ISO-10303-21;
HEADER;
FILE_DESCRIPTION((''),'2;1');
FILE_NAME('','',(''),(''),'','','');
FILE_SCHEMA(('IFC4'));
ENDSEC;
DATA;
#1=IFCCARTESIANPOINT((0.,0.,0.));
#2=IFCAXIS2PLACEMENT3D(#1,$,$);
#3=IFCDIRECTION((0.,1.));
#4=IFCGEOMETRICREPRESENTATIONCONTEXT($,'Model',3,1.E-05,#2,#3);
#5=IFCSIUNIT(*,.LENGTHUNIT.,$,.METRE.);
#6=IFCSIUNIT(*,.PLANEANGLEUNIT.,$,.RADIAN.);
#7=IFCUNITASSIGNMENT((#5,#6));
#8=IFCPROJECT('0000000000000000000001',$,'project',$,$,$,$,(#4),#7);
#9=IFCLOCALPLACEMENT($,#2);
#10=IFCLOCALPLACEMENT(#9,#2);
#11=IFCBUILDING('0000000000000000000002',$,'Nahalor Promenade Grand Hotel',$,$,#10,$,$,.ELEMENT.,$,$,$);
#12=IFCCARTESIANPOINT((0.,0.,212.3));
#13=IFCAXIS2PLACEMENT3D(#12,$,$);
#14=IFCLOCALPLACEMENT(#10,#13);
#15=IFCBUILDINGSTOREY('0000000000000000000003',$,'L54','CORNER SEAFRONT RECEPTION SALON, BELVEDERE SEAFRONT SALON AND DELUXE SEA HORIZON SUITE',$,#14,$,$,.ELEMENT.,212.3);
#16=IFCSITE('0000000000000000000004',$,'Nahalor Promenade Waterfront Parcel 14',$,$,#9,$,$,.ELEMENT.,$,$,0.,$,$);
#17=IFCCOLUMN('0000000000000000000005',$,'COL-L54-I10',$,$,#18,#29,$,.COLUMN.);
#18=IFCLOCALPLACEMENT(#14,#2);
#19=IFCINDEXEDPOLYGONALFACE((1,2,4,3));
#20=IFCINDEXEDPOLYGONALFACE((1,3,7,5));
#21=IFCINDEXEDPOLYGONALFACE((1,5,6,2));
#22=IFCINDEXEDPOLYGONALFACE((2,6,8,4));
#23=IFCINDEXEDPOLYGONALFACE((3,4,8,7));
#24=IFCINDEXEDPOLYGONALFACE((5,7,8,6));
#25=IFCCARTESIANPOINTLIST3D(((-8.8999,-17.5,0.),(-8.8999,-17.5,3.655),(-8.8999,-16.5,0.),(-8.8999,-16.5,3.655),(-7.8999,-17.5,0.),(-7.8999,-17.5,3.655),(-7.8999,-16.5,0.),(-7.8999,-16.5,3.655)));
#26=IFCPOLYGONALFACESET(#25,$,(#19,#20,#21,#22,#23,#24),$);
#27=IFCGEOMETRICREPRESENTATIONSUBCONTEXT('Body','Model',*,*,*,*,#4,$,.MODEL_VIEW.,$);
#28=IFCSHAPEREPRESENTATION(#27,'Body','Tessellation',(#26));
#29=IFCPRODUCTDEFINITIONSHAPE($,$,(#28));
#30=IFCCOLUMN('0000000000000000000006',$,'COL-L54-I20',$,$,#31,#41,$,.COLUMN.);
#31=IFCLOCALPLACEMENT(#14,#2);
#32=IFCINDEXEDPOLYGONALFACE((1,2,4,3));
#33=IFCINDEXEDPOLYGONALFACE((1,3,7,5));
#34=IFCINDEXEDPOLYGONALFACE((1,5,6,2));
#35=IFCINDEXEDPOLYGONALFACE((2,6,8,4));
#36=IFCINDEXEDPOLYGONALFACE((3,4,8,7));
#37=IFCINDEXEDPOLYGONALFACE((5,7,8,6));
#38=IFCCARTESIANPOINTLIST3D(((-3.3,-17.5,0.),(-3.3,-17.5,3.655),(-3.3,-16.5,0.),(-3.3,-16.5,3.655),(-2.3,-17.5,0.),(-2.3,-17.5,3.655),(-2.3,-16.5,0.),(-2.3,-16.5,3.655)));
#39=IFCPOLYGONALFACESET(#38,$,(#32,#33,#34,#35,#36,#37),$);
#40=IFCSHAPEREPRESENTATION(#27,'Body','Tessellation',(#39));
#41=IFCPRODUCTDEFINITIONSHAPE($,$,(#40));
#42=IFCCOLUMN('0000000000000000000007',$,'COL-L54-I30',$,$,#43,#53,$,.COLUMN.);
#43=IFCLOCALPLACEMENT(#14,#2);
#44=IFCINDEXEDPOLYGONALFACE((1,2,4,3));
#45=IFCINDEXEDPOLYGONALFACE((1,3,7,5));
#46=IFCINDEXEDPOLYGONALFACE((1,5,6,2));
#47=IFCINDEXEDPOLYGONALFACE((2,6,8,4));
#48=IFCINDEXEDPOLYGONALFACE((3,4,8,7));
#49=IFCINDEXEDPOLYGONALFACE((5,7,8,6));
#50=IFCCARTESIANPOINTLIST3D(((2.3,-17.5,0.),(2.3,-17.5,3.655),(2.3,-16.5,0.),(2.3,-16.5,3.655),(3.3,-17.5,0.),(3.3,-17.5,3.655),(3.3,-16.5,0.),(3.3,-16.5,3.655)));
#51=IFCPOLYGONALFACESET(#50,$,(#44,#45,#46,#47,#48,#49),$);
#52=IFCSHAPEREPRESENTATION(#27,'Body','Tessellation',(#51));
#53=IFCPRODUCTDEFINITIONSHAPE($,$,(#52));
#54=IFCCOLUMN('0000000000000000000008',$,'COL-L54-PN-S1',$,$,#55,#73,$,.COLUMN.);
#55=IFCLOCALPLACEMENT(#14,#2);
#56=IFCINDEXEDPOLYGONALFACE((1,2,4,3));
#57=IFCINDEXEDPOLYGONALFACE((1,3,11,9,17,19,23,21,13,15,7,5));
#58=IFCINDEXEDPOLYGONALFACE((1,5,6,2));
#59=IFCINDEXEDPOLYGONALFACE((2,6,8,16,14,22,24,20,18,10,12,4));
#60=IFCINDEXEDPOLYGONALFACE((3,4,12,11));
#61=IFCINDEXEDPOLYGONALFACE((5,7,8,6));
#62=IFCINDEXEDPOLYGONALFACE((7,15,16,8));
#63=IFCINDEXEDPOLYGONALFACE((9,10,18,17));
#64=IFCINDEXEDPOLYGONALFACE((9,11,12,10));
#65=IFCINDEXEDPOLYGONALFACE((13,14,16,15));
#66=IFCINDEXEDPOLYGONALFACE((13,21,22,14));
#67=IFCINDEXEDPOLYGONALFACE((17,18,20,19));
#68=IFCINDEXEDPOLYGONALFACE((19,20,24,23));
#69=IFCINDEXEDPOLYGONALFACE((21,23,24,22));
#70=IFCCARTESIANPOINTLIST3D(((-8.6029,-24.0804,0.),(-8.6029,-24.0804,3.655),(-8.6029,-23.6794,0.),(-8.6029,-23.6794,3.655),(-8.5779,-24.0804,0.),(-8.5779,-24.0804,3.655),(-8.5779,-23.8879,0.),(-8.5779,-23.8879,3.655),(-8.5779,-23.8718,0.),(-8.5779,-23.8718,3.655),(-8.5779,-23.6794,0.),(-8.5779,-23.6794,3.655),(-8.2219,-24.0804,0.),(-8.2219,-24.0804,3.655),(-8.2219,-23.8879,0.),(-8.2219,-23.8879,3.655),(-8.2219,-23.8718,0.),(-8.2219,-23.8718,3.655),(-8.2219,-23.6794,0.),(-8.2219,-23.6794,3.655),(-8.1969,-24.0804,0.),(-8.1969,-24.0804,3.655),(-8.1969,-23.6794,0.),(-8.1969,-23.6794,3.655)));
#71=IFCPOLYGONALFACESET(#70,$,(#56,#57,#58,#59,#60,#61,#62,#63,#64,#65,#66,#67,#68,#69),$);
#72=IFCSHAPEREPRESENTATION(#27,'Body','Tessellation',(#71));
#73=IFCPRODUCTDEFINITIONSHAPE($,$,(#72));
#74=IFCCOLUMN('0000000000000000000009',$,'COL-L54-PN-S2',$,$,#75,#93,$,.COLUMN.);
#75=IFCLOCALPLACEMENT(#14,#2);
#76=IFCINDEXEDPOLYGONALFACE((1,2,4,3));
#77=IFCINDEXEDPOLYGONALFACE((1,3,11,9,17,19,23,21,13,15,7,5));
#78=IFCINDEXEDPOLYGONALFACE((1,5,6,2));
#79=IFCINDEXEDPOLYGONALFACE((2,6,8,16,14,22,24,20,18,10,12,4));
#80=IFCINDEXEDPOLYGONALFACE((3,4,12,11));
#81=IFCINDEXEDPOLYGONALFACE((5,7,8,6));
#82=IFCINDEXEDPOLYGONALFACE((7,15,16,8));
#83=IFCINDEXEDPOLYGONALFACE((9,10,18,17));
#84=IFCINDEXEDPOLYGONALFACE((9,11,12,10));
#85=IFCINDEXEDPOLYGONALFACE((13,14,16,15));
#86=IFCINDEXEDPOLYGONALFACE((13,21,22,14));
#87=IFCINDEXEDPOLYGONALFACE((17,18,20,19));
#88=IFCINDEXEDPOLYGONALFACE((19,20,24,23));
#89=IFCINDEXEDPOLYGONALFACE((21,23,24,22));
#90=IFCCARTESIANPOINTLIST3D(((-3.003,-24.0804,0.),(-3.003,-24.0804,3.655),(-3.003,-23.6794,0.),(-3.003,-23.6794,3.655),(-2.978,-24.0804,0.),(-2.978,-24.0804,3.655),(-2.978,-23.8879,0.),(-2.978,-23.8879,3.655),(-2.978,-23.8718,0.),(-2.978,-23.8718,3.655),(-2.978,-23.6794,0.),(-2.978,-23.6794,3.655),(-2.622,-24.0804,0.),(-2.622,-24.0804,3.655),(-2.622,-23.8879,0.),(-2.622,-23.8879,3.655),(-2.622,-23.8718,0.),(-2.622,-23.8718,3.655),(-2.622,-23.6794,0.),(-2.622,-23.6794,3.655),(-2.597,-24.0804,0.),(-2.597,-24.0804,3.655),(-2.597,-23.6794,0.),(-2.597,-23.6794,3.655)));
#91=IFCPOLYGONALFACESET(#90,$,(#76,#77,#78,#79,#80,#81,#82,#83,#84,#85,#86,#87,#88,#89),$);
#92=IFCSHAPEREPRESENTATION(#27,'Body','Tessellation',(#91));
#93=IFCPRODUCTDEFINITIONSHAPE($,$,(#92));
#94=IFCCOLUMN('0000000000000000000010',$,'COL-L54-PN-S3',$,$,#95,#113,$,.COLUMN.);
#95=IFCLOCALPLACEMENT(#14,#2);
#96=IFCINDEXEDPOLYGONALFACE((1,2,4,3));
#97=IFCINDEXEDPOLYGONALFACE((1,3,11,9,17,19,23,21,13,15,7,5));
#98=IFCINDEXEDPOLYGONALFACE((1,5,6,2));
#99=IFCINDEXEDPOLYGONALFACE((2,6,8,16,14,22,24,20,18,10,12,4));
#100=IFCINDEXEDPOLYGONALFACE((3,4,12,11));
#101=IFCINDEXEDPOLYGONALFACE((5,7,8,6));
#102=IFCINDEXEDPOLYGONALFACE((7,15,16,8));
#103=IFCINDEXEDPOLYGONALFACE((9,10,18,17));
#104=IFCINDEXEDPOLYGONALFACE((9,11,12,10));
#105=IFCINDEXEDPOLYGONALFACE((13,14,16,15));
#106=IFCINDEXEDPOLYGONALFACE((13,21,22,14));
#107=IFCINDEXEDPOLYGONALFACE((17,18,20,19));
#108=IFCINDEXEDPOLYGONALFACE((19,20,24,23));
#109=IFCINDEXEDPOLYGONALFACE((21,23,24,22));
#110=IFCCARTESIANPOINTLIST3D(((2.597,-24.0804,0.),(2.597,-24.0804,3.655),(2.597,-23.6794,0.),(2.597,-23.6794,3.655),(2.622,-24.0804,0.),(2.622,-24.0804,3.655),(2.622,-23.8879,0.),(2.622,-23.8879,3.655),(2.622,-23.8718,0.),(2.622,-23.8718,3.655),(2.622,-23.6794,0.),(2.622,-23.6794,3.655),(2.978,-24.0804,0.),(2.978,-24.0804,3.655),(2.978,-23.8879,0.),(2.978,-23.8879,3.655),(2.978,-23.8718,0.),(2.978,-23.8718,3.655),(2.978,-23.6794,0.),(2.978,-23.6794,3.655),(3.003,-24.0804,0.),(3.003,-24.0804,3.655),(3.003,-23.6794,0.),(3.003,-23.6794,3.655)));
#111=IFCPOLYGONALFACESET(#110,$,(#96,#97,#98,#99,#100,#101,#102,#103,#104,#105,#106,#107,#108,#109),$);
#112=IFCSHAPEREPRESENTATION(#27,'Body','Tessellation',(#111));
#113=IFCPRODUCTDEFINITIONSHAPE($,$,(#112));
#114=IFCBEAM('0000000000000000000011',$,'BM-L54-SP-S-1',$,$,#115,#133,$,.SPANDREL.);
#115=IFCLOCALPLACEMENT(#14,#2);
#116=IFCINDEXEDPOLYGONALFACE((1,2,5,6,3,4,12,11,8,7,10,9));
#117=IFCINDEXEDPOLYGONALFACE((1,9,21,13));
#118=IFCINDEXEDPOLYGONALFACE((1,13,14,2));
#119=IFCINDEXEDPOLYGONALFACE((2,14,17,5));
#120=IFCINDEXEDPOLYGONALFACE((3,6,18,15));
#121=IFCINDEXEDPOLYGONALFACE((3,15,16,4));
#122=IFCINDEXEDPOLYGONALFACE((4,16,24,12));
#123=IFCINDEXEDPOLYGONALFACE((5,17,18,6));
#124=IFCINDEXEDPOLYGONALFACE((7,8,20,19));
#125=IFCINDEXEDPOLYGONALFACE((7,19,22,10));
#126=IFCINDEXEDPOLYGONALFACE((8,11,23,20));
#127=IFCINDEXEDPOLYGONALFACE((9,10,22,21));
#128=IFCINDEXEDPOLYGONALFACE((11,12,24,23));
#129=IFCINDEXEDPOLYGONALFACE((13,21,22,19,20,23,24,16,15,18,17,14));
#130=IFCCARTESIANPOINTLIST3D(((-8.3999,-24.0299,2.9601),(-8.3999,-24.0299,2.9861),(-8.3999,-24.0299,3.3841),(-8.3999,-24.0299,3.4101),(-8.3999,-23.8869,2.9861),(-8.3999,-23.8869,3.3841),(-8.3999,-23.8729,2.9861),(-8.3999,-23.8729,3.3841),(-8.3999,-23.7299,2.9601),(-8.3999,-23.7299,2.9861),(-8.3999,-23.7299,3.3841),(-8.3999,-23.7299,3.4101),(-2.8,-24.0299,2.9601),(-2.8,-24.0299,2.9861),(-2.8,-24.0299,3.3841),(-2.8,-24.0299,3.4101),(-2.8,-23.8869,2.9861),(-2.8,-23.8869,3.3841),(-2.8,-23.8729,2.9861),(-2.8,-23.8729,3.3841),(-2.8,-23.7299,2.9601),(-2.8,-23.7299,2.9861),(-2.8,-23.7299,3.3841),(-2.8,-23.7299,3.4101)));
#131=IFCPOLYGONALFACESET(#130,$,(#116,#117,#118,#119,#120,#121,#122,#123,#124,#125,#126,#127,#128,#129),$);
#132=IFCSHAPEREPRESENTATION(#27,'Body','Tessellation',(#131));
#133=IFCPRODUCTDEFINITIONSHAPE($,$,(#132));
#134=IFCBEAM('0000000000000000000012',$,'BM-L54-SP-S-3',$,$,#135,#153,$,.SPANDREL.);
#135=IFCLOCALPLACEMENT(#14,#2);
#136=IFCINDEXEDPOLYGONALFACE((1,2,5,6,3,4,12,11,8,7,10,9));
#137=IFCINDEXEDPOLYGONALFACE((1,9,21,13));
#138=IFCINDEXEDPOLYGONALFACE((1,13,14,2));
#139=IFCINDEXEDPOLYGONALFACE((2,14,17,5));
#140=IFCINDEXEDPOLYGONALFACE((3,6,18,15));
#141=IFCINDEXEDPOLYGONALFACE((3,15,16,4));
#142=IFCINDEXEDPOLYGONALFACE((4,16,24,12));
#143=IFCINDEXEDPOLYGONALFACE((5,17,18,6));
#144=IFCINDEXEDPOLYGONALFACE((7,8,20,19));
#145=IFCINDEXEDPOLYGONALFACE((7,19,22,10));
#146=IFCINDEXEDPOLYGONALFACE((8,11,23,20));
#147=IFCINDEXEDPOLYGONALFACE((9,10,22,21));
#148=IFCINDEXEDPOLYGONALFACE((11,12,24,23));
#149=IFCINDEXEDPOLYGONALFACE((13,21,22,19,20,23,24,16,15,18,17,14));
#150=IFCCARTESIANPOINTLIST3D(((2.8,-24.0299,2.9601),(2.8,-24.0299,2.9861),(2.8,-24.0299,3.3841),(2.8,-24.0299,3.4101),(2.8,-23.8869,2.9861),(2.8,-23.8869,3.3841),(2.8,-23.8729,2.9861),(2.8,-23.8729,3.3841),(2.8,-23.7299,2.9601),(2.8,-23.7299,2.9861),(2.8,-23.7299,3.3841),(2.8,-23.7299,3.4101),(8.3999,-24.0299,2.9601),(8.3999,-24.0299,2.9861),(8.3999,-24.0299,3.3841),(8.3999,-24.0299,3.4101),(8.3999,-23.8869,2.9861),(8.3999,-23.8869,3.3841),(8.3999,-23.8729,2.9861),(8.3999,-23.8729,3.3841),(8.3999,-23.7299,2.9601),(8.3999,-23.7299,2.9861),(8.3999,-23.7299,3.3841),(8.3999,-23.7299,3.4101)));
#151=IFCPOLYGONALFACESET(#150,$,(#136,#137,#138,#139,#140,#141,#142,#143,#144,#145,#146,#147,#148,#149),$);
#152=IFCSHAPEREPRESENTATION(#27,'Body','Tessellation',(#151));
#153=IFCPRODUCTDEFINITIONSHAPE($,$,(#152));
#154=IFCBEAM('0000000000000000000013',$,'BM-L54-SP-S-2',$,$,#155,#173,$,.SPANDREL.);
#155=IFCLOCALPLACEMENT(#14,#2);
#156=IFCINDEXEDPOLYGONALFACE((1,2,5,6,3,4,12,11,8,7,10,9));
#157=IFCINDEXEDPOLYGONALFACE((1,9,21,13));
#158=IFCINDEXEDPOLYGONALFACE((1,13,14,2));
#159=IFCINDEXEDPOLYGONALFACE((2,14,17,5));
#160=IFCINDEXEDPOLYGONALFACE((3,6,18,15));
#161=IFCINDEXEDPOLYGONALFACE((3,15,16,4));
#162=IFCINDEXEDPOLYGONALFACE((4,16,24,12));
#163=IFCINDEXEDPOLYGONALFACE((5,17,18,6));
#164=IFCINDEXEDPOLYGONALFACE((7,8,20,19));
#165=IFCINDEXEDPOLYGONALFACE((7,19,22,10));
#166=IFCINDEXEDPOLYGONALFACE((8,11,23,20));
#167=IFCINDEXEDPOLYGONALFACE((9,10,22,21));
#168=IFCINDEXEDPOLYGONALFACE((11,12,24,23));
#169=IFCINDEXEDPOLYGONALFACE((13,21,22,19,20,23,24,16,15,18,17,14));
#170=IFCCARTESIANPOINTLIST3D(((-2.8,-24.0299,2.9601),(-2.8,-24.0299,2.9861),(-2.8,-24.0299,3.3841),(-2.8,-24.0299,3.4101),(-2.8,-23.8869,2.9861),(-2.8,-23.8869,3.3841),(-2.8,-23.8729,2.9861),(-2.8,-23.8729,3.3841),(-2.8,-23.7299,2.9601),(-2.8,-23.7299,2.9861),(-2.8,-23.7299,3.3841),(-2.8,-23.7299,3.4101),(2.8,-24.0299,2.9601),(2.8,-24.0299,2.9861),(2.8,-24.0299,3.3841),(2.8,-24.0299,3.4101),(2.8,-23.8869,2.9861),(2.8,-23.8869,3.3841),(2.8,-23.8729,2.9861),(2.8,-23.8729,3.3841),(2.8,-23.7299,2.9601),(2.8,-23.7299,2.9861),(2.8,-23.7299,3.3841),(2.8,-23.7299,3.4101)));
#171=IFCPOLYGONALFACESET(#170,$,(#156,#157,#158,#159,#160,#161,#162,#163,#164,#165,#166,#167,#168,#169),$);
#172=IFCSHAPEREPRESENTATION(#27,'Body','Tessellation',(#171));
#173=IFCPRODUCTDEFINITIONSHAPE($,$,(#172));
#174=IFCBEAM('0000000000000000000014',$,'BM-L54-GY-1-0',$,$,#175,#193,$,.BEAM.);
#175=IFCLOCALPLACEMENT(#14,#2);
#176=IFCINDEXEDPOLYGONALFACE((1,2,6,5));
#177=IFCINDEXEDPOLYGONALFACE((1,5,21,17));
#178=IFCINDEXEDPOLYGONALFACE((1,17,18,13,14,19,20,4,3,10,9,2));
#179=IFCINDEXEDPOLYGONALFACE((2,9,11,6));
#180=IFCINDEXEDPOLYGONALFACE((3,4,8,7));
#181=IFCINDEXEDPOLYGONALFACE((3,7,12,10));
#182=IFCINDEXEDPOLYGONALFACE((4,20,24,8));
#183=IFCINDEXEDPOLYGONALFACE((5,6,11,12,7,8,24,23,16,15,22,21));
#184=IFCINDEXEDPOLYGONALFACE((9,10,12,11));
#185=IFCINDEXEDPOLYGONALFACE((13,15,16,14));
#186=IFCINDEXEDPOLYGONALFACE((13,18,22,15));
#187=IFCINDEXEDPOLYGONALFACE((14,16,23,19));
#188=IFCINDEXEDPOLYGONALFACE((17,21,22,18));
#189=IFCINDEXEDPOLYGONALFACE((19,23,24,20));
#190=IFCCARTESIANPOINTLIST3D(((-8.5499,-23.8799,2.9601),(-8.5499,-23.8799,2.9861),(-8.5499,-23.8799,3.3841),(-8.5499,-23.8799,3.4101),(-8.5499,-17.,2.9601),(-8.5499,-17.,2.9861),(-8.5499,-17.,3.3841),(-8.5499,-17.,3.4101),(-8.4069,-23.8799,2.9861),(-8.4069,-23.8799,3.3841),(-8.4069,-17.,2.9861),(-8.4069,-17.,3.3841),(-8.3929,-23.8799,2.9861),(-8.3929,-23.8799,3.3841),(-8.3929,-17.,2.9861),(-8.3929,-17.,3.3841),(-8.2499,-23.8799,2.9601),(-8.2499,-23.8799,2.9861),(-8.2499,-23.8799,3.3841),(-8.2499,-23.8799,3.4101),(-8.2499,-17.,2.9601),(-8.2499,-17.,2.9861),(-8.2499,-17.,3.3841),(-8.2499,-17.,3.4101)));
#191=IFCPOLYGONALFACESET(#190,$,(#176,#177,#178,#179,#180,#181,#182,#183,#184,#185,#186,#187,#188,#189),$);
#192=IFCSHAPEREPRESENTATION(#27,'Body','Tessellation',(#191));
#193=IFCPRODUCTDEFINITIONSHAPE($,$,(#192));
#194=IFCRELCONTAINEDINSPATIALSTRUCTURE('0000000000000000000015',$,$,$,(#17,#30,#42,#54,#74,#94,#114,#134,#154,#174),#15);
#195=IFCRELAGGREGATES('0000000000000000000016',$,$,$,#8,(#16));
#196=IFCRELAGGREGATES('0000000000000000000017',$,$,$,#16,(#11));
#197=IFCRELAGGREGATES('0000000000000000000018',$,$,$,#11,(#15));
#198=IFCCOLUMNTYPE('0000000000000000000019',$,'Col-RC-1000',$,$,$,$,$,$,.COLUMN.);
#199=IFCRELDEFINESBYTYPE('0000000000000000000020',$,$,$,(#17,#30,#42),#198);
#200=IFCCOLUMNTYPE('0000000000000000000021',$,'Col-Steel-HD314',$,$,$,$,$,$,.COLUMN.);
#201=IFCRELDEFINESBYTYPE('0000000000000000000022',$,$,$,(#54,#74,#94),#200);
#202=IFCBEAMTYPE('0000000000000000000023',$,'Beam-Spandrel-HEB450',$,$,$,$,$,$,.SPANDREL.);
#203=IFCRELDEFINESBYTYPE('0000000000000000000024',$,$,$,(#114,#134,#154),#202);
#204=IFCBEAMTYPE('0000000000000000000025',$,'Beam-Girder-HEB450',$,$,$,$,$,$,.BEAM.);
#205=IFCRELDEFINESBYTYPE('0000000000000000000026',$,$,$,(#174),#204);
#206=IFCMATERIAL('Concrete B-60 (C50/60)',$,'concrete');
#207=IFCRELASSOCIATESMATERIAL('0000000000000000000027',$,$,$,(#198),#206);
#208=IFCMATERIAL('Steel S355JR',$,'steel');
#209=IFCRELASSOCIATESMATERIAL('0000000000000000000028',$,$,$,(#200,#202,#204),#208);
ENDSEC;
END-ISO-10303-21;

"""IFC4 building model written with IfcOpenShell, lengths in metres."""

from ifc_helpers import new_model, si_unit, direction, frame, origin, origin_2d, place, context, subcontext, project, spatial, rectangle, i_section, extrude, source, transform, mapped, material, material_profile, profile_set, type_object, element, save


model = new_model("IFC4")

# Units and contexts
model_context = context("Model", 3, precision=1e-05, world=origin(), true_north=direction((0.0, 1.0)))
body_context = subcontext(model_context, "Body", "Model", "MODEL_VIEW")
ifc_project = project(units=[si_unit("LENGTHUNIT", "METRE"), si_unit("PLANEANGLEUNIT", "RADIAN")], contexts=[model_context])

# Site, building, storey
site_placement = place(None, origin())
site = spatial("IfcSite", under=ifc_project, at=site_placement, Name="Nahalor Promenade Waterfront Parcel 14", CompositionType="ELEMENT", RefElevation=0.0)
building_placement = place(site_placement, origin())
building = spatial("IfcBuilding", under=site, at=building_placement, Name="Nahalor Promenade Grand Hotel", CompositionType="ELEMENT")
storey_placement = place(building_placement, frame((0.0, 0.0, 212.3)))
storey = spatial("IfcBuildingStorey", under=building, at=storey_placement, Name="L54", Description="CORNER SEAFRONT RECEPTION SALON, BELVEDERE SEAFRONT SALON AND DELUXE SEA HORIZON SUITE", CompositionType="ELEMENT", Elevation=212.3)

# Columns
ifc_material_1 = material(Name="Concrete B-60 (C50/60)", Category="concrete")
ifc_material_profile_1 = material_profile(ifc_material_1, rectangle(XDim=1.0, YDim=1.0, at=origin_2d()), Name="RC 1000x1000")
ifc_profile_set_1 = profile_set([ifc_material_profile_1], Name="Concrete B-60 (C50/60)")
column_type_1 = type_object("IfcColumnType", Name="Col-RC-1000", PredefinedType="COLUMN", material=ifc_profile_set_1)
shared_shape_1 = source(origin(), body_context, "Body", "SweptSolid", [
    extrude(rectangle(XDim=1.0, YDim=1.0, at=origin_2d()), origin(), (0.0, 0.0, 1.0), 3.655),
])
for number, where, z_axis, x_axis, name in (
    (1, (-8.3999, -17.0, 0.0), (0.0, 0.0, 1.0), (1.0, 0.0, 0.0), "COL-L54-I10"),
    (2, (-2.8, -17.0, 0.0), (0.0, 0.0, 1.0), (1.0, 0.0, 0.0), "COL-L54-I20"),
    (3, (2.8, -17.0, 0.0), (0.0, 0.0, 1.0), (1.0, 0.0, 0.0), "COL-L54-I30"),
):
    element("IfcColumn", number, at=place(storey_placement, frame(where, z_axis=z_axis, x_axis=x_axis)), inside=storey, type_object=column_type_1, Name=name, PredefinedType="COLUMN", context=body_context, shape_type="MappedRepresentation", body=[
        mapped(shared_shape_1, transform((0.0, 0.0, 0.0), scale=1.0)),
    ])
ifc_material_2 = material(Name="Steel S355JR", Category="steel")
ifc_material_profile_2 = material_profile(ifc_material_2, i_section(OverallWidth=0.401, OverallDepth=0.406, WebThickness=0.0161, FlangeThickness=0.025, at=origin_2d()), Name="HD 400x314")
ifc_profile_set_2 = profile_set([ifc_material_profile_2], Name="Steel S355JR")
column_type_2 = type_object("IfcColumnType", Name="Col-Steel-HD314", PredefinedType="COLUMN", material=ifc_profile_set_2)
shared_shape_2 = source(origin(), body_context, "Body", "SweptSolid", [
    extrude(i_section(OverallWidth=0.401, OverallDepth=0.406, WebThickness=0.0161, FlangeThickness=0.025, at=origin_2d()), origin(), (0.0, 0.0, 1.0), 3.655),
])
for number, where, z_axis, x_axis, name in (
    (4, (-8.3999, -23.8799, 0.0), (0.0, 0.0, 1.0), (0.0, 1.0, 0.0), "COL-L54-PN-S1"),
    (5, (-2.8, -23.8799, 0.0), (0.0, 0.0, 1.0), (0.0, 1.0, 0.0), "COL-L54-PN-S2"),
    (6, (2.8, -23.8799, 0.0), (0.0, 0.0, 1.0), (0.0, 1.0, 0.0), "COL-L54-PN-S3"),
):
    element("IfcColumn", number, at=place(storey_placement, frame(where, z_axis=z_axis, x_axis=x_axis)), inside=storey, type_object=column_type_2, Name=name, PredefinedType="COLUMN", context=body_context, shape_type="MappedRepresentation", body=[
        mapped(shared_shape_2, transform((0.0, 0.0, 0.0), scale=1.0)),
    ])

# Beams
ifc_material_profile_3 = material_profile(ifc_material_2, i_section(OverallWidth=0.3, OverallDepth=0.45, WebThickness=0.014, FlangeThickness=0.026, at=origin_2d()), Name="HEB 450")
ifc_profile_set_3 = profile_set([ifc_material_profile_3], Name="Steel S355JR")
beam_type_1 = type_object("IfcBeamType", Name="Beam-Spandrel-HEB450", PredefinedType="SPANDREL", material=ifc_profile_set_3)
shared_shape_3 = source(origin(), body_context, "Body", "SweptSolid", [
    extrude(i_section(OverallWidth=0.3, OverallDepth=0.45, WebThickness=0.014, FlangeThickness=0.026, at=origin_2d()), origin(), (0.0, 0.0, 1.0), 5.5999),
])
for number, where, z_axis, x_axis, name in (
    (7, (-8.3999, -23.8799, 3.1851), (1.0, 0.0, 0.0), (0.0, 1.0, 0.0), "BM-L54-SP-S-1"),
    (8, (2.8, -23.8799, 3.1851), (1.0, 0.0, 0.0), (0.0, 1.0, 0.0), "BM-L54-SP-S-3"),
):
    element("IfcBeam", number, at=place(storey_placement, frame(where, z_axis=z_axis, x_axis=x_axis)), inside=storey, type_object=beam_type_1, Name=name, PredefinedType="SPANDREL", context=body_context, shape_type="MappedRepresentation", body=[
        mapped(shared_shape_3, transform((0.0, 0.0, 0.0), scale=1.0)),
    ])
shared_shape_4 = source(origin(), body_context, "Body", "SweptSolid", [
    extrude(i_section(OverallWidth=0.3, OverallDepth=0.45, WebThickness=0.014, FlangeThickness=0.026, at=origin_2d()), origin(), (0.0, 0.0, 1.0), 5.6001),
])
beam_1_placement = place(storey_placement, frame((-2.8, -23.8799, 3.1851), z_axis=(1.0, 0.0, 0.0), x_axis=(0.0, 1.0, 0.0)))
element("IfcBeam", 9, at=beam_1_placement, inside=storey, type_object=beam_type_1, Name="BM-L54-SP-S-2", PredefinedType="SPANDREL", context=body_context, shape_type="MappedRepresentation", body=[
    mapped(shared_shape_4, transform((0.0, 0.0, 0.0), scale=1.0)),
])
ifc_material_profile_4 = material_profile(ifc_material_2, i_section(OverallWidth=0.3, OverallDepth=0.45, WebThickness=0.014, FlangeThickness=0.026, at=origin_2d()), Name="HEB 450")
ifc_profile_set_4 = profile_set([ifc_material_profile_4], Name="Steel S355JR")
beam_type_2 = type_object("IfcBeamType", Name="Beam-Girder-HEB450", PredefinedType="BEAM", material=ifc_profile_set_4)
shared_shape_5 = source(origin(), body_context, "Body", "SweptSolid", [
    extrude(i_section(OverallWidth=0.3, OverallDepth=0.45, WebThickness=0.014, FlangeThickness=0.026, at=origin_2d()), origin(), (0.0, 0.0, 1.0), 6.8799),
])
for number, where, z_axis, x_axis, name in (
    (10, (-8.3999, -23.8799, 3.1851), (0.0, 1.0, 0.0), (-1.0, 0.0, 0.0), "BM-L54-GY-1-0"),
):
    element("IfcBeam", number, at=place(storey_placement, frame(where, z_axis=z_axis, x_axis=x_axis)), inside=storey, type_object=beam_type_2, Name=name, PredefinedType="BEAM", context=body_context, shape_type="MappedRepresentation", body=[
        mapped(shared_shape_5, transform((0.0, 0.0, 0.0), scale=1.0)),
    ])

save(model, "model.ifc")
